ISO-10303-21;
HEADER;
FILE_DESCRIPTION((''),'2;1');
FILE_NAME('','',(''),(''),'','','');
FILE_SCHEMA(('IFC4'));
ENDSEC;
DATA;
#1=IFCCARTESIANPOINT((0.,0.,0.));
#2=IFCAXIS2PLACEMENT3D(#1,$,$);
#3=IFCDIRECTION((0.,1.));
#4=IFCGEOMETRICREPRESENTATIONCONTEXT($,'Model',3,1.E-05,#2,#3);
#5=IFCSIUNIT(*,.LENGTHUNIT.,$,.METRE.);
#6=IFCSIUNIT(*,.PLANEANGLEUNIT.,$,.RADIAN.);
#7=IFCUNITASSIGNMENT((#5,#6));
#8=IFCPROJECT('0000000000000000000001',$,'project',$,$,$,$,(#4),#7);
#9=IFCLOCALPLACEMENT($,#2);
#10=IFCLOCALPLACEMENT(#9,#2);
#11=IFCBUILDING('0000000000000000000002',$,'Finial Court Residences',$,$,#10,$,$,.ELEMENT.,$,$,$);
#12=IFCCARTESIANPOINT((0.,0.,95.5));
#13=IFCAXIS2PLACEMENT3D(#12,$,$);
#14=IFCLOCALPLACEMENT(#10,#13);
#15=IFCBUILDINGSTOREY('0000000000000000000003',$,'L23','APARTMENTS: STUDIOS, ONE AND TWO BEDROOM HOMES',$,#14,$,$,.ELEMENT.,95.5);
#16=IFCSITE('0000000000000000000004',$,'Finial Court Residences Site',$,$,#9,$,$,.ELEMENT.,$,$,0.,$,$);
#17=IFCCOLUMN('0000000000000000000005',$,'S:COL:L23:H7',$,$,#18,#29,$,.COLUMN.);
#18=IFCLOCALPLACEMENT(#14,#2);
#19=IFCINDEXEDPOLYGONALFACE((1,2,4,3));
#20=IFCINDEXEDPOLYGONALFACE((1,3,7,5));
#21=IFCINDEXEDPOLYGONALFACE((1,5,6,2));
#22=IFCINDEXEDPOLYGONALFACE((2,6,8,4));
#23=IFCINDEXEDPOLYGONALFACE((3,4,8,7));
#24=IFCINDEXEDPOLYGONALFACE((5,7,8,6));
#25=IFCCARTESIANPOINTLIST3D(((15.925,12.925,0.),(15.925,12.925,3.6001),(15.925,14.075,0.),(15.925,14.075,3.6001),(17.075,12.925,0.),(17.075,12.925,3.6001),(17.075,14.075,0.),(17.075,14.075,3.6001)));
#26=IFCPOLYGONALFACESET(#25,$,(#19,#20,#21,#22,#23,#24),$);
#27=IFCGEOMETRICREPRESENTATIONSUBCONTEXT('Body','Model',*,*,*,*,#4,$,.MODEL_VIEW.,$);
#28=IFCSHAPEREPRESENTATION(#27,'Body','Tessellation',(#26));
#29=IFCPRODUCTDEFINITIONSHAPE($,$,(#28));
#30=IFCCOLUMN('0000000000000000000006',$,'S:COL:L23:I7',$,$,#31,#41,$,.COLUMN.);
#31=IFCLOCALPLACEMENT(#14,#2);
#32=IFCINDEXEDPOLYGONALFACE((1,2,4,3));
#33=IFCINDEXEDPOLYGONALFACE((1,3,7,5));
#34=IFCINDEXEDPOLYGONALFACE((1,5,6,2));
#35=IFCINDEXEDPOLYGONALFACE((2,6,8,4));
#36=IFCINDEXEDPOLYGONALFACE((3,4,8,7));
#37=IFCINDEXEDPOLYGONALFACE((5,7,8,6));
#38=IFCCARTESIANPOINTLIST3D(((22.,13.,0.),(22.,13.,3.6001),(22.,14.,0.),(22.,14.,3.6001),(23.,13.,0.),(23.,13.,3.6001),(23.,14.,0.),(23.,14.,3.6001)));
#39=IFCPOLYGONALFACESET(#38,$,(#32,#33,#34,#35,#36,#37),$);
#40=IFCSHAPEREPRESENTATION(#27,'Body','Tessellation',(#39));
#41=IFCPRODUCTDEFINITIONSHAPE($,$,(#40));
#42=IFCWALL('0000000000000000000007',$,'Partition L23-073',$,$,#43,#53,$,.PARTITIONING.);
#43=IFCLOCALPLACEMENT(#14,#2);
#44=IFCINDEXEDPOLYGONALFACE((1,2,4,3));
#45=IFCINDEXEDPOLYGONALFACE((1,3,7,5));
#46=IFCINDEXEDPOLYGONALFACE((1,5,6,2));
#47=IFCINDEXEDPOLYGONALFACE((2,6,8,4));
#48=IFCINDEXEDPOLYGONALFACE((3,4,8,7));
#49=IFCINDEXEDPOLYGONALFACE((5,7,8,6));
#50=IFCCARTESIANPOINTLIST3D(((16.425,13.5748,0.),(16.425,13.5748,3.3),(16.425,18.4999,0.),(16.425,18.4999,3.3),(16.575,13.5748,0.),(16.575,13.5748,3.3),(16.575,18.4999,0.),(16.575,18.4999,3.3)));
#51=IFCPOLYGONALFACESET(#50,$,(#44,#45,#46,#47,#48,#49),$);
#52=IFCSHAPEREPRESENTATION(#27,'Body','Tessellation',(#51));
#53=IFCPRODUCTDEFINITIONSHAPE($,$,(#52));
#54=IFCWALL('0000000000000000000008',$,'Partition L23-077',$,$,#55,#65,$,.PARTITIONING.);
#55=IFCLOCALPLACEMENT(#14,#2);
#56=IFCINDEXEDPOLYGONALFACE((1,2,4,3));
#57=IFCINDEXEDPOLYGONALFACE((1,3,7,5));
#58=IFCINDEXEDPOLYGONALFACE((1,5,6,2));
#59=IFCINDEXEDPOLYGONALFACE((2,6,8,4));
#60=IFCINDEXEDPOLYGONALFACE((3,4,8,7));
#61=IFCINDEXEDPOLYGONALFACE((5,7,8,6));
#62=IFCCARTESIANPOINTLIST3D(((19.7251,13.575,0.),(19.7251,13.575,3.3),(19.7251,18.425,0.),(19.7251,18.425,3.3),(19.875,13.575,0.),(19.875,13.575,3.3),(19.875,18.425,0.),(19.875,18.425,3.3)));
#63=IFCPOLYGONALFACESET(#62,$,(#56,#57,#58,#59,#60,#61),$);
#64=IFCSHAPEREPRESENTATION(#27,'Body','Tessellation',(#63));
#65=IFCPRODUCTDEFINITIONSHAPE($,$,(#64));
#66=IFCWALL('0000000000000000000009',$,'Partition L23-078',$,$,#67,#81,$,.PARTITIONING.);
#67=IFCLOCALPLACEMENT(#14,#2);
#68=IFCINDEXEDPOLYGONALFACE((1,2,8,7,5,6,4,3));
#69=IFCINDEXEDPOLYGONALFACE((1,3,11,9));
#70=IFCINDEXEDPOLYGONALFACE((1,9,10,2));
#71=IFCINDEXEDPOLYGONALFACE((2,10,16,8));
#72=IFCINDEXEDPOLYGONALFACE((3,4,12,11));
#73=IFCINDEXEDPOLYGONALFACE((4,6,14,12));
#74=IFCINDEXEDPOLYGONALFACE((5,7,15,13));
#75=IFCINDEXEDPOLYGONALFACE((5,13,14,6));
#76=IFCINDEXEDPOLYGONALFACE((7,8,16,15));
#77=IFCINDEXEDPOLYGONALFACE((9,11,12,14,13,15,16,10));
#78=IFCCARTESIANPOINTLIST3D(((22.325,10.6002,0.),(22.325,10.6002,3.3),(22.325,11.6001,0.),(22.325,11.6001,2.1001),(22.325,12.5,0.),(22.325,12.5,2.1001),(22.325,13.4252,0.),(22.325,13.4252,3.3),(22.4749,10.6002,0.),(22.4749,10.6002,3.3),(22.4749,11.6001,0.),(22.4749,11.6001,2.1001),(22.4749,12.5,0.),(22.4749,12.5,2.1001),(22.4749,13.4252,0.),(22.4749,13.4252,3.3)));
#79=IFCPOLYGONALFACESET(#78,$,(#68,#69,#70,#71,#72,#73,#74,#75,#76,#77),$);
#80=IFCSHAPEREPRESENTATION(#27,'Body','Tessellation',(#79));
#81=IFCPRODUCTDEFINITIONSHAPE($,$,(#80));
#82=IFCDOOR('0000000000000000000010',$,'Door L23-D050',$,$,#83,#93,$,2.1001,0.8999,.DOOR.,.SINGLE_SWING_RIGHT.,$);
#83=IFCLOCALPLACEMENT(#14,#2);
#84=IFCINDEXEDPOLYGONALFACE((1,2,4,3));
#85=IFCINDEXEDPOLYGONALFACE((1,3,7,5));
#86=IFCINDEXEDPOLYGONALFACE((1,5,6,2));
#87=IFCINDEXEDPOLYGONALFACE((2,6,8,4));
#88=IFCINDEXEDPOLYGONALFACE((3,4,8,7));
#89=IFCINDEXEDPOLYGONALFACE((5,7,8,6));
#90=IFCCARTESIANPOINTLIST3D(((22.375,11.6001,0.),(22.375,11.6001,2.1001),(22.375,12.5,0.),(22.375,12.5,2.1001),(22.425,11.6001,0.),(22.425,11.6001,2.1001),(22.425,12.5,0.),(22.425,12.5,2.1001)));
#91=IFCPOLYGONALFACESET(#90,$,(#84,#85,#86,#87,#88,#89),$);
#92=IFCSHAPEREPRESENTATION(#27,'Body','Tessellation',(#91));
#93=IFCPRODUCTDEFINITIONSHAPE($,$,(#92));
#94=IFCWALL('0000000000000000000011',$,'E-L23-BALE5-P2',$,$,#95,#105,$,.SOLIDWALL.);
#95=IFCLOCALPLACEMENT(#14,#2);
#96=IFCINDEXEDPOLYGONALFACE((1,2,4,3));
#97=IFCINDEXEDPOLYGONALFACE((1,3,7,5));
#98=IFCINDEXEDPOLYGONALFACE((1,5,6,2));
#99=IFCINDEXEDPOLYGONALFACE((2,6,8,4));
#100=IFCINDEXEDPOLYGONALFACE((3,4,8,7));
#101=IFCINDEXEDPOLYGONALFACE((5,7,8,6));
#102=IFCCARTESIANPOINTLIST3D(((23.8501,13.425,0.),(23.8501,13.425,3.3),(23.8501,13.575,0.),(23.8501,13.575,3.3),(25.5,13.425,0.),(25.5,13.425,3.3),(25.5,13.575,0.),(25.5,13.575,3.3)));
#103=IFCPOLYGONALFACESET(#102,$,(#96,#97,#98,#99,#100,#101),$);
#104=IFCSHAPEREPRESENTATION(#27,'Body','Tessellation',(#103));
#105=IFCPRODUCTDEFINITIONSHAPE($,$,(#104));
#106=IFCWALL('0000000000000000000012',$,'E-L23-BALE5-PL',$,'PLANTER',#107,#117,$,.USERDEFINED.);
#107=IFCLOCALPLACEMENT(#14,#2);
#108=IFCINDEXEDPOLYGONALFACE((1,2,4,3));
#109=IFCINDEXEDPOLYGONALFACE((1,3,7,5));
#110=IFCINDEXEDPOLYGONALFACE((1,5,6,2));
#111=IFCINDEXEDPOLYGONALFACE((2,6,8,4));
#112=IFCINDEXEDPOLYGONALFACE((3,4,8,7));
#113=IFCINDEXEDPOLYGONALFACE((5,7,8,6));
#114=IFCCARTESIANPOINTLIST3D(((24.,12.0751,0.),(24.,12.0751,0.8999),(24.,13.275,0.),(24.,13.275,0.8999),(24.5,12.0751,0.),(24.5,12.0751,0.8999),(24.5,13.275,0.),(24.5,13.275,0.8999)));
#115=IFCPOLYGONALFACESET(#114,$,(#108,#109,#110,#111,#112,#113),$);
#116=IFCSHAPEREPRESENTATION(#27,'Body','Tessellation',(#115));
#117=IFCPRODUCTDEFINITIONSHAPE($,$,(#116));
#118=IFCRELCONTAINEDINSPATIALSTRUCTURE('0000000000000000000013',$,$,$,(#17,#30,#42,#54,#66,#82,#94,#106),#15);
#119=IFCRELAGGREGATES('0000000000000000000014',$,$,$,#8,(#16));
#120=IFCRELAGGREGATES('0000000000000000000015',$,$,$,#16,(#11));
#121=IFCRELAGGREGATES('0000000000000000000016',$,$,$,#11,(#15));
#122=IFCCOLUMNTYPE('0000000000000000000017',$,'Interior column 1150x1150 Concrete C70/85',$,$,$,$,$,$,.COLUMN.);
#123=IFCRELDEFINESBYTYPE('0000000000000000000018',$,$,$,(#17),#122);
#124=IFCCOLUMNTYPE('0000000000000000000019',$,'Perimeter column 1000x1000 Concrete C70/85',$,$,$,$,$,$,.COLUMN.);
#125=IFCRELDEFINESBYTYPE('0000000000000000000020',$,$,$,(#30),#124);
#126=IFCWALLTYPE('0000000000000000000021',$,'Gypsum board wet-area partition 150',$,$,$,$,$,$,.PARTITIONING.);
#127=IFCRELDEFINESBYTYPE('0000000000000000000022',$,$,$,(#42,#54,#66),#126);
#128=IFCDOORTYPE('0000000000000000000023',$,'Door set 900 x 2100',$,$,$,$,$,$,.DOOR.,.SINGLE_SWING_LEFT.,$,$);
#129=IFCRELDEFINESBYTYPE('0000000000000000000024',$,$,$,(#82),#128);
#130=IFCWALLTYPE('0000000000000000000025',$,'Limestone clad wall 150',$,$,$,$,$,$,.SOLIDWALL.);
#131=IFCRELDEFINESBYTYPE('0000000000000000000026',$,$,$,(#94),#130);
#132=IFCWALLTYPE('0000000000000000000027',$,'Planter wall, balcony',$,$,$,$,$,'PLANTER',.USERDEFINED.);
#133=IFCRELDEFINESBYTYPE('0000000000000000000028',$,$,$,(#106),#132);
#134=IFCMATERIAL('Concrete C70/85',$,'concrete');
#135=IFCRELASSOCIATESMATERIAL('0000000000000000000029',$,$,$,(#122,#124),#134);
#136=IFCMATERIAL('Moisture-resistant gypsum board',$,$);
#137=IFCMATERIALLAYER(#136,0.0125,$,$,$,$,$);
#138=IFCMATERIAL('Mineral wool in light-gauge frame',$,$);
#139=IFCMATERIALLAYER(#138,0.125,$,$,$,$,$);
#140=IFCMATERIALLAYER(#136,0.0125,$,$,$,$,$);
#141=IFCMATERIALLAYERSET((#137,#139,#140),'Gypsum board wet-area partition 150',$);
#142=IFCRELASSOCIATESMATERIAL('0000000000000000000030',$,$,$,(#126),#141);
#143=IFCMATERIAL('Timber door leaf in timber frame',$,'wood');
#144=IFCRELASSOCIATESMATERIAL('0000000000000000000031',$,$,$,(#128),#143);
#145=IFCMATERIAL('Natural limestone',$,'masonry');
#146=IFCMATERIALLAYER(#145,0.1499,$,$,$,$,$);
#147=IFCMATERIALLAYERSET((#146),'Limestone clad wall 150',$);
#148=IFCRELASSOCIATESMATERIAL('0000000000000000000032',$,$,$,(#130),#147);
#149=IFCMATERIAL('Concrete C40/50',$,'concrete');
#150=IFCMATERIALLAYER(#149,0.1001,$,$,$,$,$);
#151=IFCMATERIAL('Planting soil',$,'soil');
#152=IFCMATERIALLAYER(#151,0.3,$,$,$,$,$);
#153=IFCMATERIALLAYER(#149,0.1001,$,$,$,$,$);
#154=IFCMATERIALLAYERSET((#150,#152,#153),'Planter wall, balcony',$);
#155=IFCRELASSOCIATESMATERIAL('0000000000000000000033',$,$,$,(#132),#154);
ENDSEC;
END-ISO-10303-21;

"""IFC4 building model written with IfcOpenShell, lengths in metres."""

from ifc_helpers import new_model, si_unit, direction, frame, frame_2d, origin, origin_2d, place, context, subcontext, project, spatial, rectangle, extrude, material, layer, layer_set, material_profile, profile_set, type_object, element, fill, save


model = new_model("IFC4")

# Units and contexts
model_context = context("Model", 3, precision=1e-05, world=origin(), true_north=direction((0.0, 1.0)))
body_context = subcontext(model_context, "Body", "Model", "MODEL_VIEW")
ifc_project = project(units=[si_unit("LENGTHUNIT", "METRE"), si_unit("PLANEANGLEUNIT", "RADIAN")], contexts=[model_context])

# Site, building, storey
site_placement = place(None, origin())
site = spatial("IfcSite", under=ifc_project, at=site_placement, Name="Finial Court Residences Site", CompositionType="ELEMENT", RefElevation=0.0)
building_placement = place(site_placement, origin())
building = spatial("IfcBuilding", under=site, at=building_placement, Name="Finial Court Residences", CompositionType="ELEMENT")
storey_placement = place(building_placement, frame((0.0, 0.0, 95.5)))
storey = spatial("IfcBuildingStorey", under=building, at=storey_placement, Name="L23", Description="APARTMENTS: STUDIOS, ONE AND TWO BEDROOM HOMES", CompositionType="ELEMENT", Elevation=95.5)

# Columns
ifc_material_1 = material(Name="Concrete C70/85", Category="concrete")
ifc_material_profile_1 = material_profile(ifc_material_1, rectangle(XDim=1.1499, YDim=1.1499, at=origin_2d()), Name="1150x1150")
ifc_profile_set_1 = profile_set([ifc_material_profile_1], Name="Concrete C70/85")
column_type_1 = type_object("IfcColumnType", Name="Interior column 1150x1150 Concrete C70/85", PredefinedType="COLUMN", material=ifc_profile_set_1)
column_1_placement = place(storey_placement, frame((16.5, 13.5, 0.0), z_axis=(0.0, 0.0, 1.0), x_axis=(1.0, 0.0, 0.0)))
element("IfcColumn", 1, at=column_1_placement, inside=storey, type_object=column_type_1, Name="S:COL:L23:H7", PredefinedType="COLUMN", context=body_context, shape_type="SweptSolid", body=[
    extrude(rectangle(XDim=1.1499, YDim=1.1499, at=origin_2d()), origin(), (0.0, 0.0, 1.0), 3.6001),
])
ifc_material_profile_2 = material_profile(ifc_material_1, rectangle(XDim=1.0, YDim=1.0, at=origin_2d()), Name="1000x1000")
ifc_profile_set_2 = profile_set([ifc_material_profile_2], Name="Concrete C70/85")
column_type_2 = type_object("IfcColumnType", Name="Perimeter column 1000x1000 Concrete C70/85", PredefinedType="COLUMN", material=ifc_profile_set_2)
column_2_placement = place(storey_placement, frame((22.5, 13.5, 0.0), z_axis=(0.0, 0.0, 1.0), x_axis=(1.0, 0.0, 0.0)))
element("IfcColumn", 2, at=column_2_placement, inside=storey, type_object=column_type_2, Name="S:COL:L23:I7", PredefinedType="COLUMN", context=body_context, shape_type="SweptSolid", body=[
    extrude(rectangle(XDim=1.0, YDim=1.0, at=origin_2d()), origin(), (0.0, 0.0, 1.0), 3.6001),
])

# Walls
ifc_material_2 = material(Name="Moisture-resistant gypsum board")
ifc_layer_1 = layer(ifc_material_2, 0.0125)
ifc_material_3 = material(Name="Mineral wool in light-gauge frame")
ifc_layer_2 = layer(ifc_material_3, 0.125)
ifc_layer_3 = layer(ifc_material_2, 0.0125)
ifc_layer_set_1 = layer_set([ifc_layer_1, ifc_layer_2, ifc_layer_3], Name="Gypsum board wet-area partition 150")
wall_type_1 = type_object("IfcWallType", Name="Gypsum board wet-area partition 150", PredefinedType="PARTITIONING", material=ifc_layer_set_1)
wall_1_placement = place(storey_placement, frame((16.5, 13.575, 0.0), z_axis=(0.0, 0.0, 1.0), x_axis=(0.0, 1.0, 0.0)))
element("IfcWall", 3, at=wall_1_placement, inside=storey, type_object=wall_type_1, Name="Partition L23-073", PredefinedType="PARTITIONING", context=body_context, shape_type="SweptSolid", body=[
    extrude(rectangle(XDim=4.925, YDim=0.1499, at=frame_2d((2.4624, 0.0))), origin(), (0.0, 0.0, 1.0), 3.3),
])
wall_2_placement = place(storey_placement, frame((19.8, 13.575, 0.0), z_axis=(0.0, 0.0, 1.0), x_axis=(0.0, 1.0, 0.0)))
element("IfcWall", 4, at=wall_2_placement, inside=storey, type_object=wall_type_1, Name="Partition L23-077", PredefinedType="PARTITIONING", context=body_context, shape_type="SweptSolid", body=[
    extrude(rectangle(XDim=4.8501, YDim=0.1499, at=frame_2d((2.425, 0.0))), origin(), (0.0, 0.0, 1.0), 3.3),
])

# Wall, opening, door
wall_3_placement = place(storey_placement, frame((22.3999, 10.6001, 0.0), z_axis=(0.0, 0.0, 1.0), x_axis=(0.0, 1.0, 0.0)))
wall_3 = element("IfcWall", 5, at=wall_3_placement, inside=storey, type_object=wall_type_1, Name="Partition L23-078", PredefinedType="PARTITIONING", context=body_context, shape_type="SweptSolid", body=[
    extrude(rectangle(XDim=2.825, YDim=0.1499, at=frame_2d((1.4126, 0.0))), origin(), (0.0, 0.0, 1.0), 3.3),
])
opening_1_placement = place(wall_3_placement, frame((1.0, 0.0, 0.0)))
opening_1 = element("IfcOpeningElement", 6, at=opening_1_placement, cuts=wall_3, PredefinedType="OPENING", context=body_context, shape_type="SweptSolid", body=[
    extrude(rectangle(XDim=0.8999, YDim=2.1001, at=frame_2d((0.45, 1.05))), frame((0.0, 0.085, 0.0), z_axis=(0.0, -1.0, 0.0), x_axis=(1.0, 0.0, 0.0)), (0.0, 0.0, 1.0), 0.1699),
])
ifc_material_4 = material(Name="Timber door leaf in timber frame", Category="wood")
door_type_1 = type_object("IfcDoorType", Name="Door set 900 x 2100", OperationType="SINGLE_SWING_LEFT", PredefinedType="DOOR", material=ifc_material_4)
door_1_placement = place(opening_1_placement, origin())
door_1 = element("IfcDoor", 7, at=door_1_placement, inside=storey, type_object=door_type_1, Name="Door L23-D050", OperationType="SINGLE_SWING_RIGHT", OverallHeight=2.1001, OverallWidth=0.8999, PredefinedType="DOOR", context=body_context, shape_type="SweptSolid", body=[
    extrude(rectangle(XDim=0.8999, YDim=2.1001, at=frame_2d((0.45, 1.05))), frame((0.0, 0.0249, 0.0), z_axis=(0.0, -1.0, 0.0), x_axis=(1.0, 0.0, 0.0)), (0.0, 0.0, 1.0), 0.05),
])
fill(opening_1, door_1)

# Shared definitions
ifc_material_5 = material(Name="Natural limestone", Category="masonry")
ifc_layer_4 = layer(ifc_material_5, 0.1499)
ifc_layer_set_2 = layer_set([ifc_layer_4], Name="Limestone clad wall 150")
wall_type_2 = type_object("IfcWallType", Name="Limestone clad wall 150", PredefinedType="SOLIDWALL", material=ifc_layer_set_2)

# Wall
wall_4_placement = place(storey_placement, frame((23.8501, 13.5, 0.0), z_axis=(0.0, 0.0, 1.0), x_axis=(1.0, 0.0, 0.0)))
element("IfcWall", 8, at=wall_4_placement, inside=storey, type_object=wall_type_2, Name="E-L23-BALE5-P2", PredefinedType="SOLIDWALL", context=body_context, shape_type="SweptSolid", body=[
    extrude(rectangle(XDim=1.6499, YDim=0.1499, at=frame_2d((0.825, 0.0))), origin(), (0.0, 0.0, 1.0), 3.3),
])

# Wall
ifc_material_6 = material(Name="Concrete C40/50", Category="concrete")
ifc_layer_5 = layer(ifc_material_6, 0.1001)
ifc_material_7 = material(Name="Planting soil", Category="soil")
ifc_layer_6 = layer(ifc_material_7, 0.3)
ifc_layer_7 = layer(ifc_material_6, 0.1001)
ifc_layer_set_3 = layer_set([ifc_layer_5, ifc_layer_6, ifc_layer_7], Name="Planter wall, balcony")
wall_type_3 = type_object("IfcWallType", Name="Planter wall, balcony", ElementType="PLANTER", PredefinedType="USERDEFINED", material=ifc_layer_set_3)
wall_5_placement = place(storey_placement, frame((24.25, 12.075, 0.0), z_axis=(0.0, 0.0, 1.0), x_axis=(0.0, 1.0, 0.0)))
element("IfcWall", 9, at=wall_5_placement, inside=storey, type_object=wall_type_3, Name="E-L23-BALE5-PL", ObjectType="PLANTER", PredefinedType="USERDEFINED", context=body_context, shape_type="SweptSolid", body=[
    extrude(rectangle(XDim=1.2, YDim=0.5, at=frame_2d((0.6001, 0.0))), origin(), (0.0, 0.0, 1.0), 0.8999),
])

save(model, "model.ifc")
